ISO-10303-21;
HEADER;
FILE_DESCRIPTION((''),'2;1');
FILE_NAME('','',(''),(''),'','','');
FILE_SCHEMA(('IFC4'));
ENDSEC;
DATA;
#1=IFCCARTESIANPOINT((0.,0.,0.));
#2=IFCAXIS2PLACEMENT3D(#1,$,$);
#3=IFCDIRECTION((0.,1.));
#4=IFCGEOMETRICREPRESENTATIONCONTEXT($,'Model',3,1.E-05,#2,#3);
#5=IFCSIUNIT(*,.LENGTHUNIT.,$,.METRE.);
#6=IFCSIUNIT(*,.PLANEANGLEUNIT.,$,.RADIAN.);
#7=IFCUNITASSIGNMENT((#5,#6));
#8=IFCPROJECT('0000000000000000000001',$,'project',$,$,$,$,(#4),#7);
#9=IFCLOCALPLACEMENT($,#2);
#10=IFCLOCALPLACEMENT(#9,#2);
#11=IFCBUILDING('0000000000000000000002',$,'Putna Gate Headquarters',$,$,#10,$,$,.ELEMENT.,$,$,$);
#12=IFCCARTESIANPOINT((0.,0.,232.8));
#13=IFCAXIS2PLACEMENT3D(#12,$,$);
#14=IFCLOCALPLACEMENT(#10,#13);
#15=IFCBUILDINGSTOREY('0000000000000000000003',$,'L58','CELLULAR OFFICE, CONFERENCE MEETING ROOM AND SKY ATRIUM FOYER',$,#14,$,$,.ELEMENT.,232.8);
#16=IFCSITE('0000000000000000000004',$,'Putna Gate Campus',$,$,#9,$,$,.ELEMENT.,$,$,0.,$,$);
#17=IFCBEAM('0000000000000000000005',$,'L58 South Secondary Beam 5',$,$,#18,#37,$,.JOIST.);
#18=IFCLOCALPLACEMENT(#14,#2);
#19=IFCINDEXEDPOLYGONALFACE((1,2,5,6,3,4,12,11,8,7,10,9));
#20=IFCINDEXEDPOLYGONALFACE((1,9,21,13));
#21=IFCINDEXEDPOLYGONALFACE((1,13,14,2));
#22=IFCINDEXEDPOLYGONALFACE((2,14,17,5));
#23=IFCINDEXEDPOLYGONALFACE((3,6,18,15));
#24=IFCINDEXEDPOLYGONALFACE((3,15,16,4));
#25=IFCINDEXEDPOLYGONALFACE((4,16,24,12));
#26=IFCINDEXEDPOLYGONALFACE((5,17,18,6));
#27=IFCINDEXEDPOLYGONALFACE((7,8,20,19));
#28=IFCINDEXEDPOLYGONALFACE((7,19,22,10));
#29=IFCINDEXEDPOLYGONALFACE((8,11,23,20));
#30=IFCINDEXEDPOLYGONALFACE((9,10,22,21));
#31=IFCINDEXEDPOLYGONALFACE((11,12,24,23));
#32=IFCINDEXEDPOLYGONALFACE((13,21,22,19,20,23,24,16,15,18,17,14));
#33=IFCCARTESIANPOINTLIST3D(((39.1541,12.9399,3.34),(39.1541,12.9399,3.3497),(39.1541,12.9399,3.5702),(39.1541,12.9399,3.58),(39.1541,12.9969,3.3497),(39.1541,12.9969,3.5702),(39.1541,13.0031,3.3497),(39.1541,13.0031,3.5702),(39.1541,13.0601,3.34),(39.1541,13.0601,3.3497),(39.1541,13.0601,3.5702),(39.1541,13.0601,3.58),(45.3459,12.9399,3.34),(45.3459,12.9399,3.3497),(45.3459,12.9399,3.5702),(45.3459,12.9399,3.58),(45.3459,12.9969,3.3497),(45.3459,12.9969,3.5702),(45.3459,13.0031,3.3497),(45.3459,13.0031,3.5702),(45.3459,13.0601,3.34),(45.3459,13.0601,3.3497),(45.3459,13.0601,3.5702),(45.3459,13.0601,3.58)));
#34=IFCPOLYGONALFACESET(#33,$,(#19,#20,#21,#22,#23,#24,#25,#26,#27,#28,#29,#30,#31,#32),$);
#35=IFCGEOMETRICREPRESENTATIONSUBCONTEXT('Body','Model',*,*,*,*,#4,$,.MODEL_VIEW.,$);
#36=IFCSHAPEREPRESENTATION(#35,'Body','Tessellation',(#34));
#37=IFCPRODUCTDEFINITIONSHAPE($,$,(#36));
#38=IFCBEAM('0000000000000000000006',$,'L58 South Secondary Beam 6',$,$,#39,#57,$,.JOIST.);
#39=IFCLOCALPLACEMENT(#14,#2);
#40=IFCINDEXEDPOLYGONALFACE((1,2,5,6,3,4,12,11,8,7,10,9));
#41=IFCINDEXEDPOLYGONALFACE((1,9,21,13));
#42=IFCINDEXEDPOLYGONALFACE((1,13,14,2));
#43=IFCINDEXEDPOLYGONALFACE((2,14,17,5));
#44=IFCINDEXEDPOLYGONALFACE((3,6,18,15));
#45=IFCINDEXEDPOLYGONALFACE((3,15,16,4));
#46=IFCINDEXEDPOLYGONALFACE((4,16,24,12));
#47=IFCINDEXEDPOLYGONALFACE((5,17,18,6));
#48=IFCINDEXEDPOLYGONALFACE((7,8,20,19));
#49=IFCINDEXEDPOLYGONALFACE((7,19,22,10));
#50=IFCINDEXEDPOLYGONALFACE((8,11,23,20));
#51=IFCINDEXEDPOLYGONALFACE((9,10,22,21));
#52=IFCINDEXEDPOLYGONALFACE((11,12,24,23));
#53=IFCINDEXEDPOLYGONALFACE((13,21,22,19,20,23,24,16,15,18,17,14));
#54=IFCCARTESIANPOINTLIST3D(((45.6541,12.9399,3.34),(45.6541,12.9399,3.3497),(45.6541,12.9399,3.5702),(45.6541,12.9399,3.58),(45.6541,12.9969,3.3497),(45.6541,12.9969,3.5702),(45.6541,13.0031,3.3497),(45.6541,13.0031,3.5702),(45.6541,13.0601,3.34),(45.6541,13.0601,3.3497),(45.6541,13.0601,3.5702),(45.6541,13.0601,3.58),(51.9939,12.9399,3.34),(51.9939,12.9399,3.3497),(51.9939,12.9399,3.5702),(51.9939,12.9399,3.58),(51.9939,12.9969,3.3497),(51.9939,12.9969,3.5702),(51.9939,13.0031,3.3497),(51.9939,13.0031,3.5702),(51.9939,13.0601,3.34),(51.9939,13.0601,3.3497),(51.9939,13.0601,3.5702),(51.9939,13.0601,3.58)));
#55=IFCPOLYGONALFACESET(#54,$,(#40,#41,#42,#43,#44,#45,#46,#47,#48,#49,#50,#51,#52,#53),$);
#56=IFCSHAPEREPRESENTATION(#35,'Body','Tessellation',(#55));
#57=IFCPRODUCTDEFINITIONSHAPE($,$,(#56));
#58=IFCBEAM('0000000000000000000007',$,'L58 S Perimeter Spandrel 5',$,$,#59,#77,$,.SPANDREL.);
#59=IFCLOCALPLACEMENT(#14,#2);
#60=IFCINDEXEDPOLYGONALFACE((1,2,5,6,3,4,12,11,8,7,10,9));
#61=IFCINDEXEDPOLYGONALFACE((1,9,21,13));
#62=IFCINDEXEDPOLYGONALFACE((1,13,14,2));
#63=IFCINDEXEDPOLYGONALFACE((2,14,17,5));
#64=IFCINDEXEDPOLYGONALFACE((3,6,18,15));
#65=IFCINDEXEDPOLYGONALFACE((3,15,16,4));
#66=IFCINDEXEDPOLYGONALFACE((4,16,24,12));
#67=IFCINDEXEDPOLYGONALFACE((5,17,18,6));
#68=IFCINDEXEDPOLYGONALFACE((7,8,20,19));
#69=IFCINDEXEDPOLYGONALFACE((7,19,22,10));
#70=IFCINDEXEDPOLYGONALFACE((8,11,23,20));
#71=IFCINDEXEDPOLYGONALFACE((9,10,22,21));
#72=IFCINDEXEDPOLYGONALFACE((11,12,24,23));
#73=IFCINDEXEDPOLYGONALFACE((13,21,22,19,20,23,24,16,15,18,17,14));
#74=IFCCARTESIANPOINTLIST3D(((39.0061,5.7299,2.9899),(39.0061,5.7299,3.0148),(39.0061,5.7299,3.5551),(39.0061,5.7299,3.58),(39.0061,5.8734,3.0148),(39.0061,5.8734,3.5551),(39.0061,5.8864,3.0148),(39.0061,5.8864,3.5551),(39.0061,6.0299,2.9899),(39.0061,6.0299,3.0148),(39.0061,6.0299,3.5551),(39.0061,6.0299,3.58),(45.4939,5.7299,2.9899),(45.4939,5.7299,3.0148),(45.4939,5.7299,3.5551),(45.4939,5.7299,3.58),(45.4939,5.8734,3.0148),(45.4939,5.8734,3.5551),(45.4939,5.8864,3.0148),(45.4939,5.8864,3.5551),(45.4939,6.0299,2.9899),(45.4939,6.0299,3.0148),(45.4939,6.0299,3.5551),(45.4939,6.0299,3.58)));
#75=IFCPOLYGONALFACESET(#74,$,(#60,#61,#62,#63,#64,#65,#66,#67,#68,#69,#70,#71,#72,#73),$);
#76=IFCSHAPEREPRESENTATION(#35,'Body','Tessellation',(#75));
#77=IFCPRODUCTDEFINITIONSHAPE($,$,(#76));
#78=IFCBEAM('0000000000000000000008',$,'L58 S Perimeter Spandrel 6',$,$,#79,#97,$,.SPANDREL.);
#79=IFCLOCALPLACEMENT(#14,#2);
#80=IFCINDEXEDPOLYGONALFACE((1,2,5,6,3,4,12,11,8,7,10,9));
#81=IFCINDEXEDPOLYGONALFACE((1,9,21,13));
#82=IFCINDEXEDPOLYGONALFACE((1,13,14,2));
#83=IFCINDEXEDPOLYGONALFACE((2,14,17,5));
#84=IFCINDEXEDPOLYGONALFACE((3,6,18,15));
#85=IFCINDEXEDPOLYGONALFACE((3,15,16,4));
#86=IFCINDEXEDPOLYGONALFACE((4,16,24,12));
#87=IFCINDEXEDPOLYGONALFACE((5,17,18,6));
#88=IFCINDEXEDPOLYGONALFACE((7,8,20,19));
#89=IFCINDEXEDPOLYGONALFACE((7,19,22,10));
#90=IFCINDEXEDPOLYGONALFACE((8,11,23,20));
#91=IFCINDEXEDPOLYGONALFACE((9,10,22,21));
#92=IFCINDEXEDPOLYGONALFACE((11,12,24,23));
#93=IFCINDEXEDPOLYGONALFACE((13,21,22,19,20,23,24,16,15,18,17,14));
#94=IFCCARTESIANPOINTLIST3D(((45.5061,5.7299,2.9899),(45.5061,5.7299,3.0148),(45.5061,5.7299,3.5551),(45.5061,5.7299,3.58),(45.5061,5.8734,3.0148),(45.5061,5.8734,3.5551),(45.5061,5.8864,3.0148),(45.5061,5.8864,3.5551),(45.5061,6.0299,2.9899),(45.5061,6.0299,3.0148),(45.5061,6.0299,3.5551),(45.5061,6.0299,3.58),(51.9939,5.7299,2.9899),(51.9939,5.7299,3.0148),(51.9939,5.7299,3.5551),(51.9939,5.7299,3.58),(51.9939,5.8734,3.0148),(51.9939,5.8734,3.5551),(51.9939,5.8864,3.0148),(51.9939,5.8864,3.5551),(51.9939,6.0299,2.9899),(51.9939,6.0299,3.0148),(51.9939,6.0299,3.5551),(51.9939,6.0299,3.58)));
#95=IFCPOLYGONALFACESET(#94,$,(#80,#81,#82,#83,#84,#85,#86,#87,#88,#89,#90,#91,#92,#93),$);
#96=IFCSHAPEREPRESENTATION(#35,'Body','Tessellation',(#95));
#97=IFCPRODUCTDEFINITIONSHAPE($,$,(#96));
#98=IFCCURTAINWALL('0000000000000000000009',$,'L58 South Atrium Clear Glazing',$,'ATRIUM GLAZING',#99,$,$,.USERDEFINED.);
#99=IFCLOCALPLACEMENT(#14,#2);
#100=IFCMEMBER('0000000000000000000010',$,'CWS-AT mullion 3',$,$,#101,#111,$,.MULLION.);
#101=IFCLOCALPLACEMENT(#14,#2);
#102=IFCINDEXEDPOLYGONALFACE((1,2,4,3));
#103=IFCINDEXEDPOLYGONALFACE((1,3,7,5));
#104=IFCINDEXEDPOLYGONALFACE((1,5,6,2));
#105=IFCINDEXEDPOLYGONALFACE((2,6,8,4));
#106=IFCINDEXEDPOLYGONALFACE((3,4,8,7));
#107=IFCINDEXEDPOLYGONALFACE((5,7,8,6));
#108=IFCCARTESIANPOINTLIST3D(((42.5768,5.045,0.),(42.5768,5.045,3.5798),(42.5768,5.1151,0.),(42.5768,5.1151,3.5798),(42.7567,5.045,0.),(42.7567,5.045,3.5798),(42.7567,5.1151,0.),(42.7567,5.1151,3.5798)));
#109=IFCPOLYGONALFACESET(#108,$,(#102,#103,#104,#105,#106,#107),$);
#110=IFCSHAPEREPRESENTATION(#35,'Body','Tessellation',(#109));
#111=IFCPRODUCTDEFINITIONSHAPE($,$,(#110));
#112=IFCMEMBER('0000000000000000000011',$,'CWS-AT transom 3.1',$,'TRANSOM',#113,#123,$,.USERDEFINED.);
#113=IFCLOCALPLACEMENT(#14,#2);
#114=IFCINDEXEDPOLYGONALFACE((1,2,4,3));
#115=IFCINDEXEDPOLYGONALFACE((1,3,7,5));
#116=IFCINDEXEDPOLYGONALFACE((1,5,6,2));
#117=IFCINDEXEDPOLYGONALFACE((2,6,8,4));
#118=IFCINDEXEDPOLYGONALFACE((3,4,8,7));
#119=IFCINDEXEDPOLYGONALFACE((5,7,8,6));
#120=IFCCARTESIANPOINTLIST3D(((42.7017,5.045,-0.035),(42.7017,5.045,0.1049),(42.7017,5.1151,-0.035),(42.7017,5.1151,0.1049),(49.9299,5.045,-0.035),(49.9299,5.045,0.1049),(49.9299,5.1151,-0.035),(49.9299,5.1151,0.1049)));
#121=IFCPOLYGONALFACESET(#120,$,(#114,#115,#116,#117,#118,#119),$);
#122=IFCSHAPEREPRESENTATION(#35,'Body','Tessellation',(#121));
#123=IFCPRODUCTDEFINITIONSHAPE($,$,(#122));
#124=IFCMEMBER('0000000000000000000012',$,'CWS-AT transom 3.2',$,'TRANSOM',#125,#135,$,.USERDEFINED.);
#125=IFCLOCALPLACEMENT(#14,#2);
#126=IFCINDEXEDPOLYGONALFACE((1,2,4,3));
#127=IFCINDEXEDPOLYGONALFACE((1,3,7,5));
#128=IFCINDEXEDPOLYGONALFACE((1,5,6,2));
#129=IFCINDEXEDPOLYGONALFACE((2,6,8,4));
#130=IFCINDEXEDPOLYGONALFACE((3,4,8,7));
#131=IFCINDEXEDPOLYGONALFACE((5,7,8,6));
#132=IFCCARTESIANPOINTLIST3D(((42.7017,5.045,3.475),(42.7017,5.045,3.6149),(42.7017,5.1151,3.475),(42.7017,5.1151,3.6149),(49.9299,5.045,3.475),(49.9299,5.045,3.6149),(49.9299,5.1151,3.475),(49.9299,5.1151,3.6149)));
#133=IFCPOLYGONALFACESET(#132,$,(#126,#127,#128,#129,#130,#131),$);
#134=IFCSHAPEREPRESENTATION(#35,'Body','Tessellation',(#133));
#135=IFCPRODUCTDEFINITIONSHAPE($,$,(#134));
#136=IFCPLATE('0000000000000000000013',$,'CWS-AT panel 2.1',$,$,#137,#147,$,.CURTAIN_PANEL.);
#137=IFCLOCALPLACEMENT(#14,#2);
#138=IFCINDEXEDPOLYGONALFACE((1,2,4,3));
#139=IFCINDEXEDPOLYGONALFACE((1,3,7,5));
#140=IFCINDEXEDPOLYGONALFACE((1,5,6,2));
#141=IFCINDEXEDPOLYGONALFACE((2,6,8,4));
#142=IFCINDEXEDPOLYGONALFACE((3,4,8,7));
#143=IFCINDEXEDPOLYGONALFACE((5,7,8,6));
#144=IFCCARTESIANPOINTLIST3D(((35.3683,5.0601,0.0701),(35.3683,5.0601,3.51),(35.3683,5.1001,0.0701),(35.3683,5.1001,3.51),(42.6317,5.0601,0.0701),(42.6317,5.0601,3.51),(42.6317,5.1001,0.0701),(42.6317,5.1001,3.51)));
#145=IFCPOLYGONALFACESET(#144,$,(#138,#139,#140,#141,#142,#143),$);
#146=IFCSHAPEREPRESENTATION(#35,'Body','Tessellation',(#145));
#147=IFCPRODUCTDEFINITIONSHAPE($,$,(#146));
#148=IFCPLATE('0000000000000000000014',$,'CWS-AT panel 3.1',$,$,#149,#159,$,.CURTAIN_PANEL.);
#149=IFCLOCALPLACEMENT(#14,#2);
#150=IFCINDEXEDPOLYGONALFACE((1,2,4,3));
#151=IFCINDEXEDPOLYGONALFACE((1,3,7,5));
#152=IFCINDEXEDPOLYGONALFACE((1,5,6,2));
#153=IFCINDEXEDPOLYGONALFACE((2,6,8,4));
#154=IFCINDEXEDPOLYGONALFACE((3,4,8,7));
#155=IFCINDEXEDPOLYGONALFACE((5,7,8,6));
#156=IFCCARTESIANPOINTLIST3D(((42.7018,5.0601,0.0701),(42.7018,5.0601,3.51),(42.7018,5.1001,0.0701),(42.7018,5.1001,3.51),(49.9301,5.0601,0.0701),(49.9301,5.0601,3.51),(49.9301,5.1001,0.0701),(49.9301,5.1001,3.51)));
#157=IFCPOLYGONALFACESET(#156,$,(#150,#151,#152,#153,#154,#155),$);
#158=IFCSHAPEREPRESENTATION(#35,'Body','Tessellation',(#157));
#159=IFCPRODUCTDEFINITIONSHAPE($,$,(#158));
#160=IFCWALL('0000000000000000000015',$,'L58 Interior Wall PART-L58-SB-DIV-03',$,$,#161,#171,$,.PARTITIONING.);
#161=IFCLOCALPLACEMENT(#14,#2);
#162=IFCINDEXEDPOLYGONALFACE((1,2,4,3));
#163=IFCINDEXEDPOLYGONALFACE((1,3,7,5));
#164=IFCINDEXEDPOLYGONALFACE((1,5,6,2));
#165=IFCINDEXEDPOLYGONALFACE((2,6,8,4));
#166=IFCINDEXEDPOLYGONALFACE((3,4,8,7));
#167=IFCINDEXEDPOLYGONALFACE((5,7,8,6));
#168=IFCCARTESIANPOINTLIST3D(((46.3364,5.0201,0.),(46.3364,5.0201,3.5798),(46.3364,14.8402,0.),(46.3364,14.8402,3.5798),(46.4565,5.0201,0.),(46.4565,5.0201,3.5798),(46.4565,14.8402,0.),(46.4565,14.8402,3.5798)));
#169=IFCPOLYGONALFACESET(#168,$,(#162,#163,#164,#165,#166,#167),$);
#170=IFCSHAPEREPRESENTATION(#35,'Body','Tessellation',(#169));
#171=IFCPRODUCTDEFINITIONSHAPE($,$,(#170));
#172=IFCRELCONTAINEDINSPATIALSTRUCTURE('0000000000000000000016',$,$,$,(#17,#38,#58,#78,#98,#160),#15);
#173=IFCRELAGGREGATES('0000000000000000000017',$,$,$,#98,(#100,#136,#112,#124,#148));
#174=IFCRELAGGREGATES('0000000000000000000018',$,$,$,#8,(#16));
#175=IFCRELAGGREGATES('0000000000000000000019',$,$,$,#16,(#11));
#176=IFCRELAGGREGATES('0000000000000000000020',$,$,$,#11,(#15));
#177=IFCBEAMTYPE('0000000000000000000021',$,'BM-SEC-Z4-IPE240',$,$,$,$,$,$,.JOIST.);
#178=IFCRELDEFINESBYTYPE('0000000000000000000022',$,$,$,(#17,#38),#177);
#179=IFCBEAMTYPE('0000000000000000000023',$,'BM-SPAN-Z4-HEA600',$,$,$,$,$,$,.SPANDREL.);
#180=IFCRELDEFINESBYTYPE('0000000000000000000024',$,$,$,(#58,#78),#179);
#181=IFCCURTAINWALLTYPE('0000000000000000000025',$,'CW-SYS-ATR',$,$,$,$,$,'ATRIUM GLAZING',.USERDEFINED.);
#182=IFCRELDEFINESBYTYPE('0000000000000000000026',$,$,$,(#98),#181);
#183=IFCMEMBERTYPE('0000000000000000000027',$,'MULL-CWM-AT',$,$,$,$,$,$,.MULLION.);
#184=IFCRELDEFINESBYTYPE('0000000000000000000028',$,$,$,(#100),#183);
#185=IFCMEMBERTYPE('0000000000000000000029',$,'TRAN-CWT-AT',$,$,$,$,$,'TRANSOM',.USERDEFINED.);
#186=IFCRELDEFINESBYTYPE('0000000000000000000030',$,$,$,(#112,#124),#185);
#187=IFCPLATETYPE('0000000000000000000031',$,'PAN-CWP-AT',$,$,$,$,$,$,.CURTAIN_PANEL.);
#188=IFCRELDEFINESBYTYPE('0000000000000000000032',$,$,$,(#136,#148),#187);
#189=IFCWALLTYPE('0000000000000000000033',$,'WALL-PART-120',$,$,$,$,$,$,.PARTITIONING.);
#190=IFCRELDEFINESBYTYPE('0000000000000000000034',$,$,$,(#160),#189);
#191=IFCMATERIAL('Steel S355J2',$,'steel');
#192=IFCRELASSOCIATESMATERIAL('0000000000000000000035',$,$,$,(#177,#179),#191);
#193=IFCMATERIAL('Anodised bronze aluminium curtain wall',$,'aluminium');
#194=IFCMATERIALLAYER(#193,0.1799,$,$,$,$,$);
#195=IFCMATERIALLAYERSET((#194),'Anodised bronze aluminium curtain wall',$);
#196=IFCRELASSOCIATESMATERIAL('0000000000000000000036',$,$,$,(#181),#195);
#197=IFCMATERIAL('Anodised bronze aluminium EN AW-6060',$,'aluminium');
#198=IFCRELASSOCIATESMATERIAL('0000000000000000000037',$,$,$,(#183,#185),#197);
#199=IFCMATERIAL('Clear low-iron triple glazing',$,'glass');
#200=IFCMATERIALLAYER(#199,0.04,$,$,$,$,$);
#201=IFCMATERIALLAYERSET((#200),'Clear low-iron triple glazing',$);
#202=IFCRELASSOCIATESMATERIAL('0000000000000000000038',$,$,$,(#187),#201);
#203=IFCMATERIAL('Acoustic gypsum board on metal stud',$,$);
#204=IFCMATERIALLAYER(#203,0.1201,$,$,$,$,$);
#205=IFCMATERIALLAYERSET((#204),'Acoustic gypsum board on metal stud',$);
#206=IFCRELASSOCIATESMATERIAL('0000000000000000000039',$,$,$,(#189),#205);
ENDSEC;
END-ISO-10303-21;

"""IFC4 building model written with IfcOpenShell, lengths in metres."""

from ifc_helpers import new_model, si_unit, direction, frame, frame_2d, origin, origin_2d, place, context, subcontext, project, spatial, rectangle, i_section, extrude, material, layer, layer_set, material_profile, profile_set, type_object, element, aggregate, save


model = new_model("IFC4")

# Units and contexts
model_context = context("Model", 3, precision=1e-05, world=origin(), true_north=direction((0.0, 1.0)))
body_context = subcontext(model_context, "Body", "Model", "MODEL_VIEW")
ifc_project = project(units=[si_unit("LENGTHUNIT", "METRE"), si_unit("PLANEANGLEUNIT", "RADIAN")], contexts=[model_context])

# Site, building, storey
site_placement = place(None, origin())
site = spatial("IfcSite", under=ifc_project, at=site_placement, Name="Putna Gate Campus", CompositionType="ELEMENT", RefElevation=0.0)
building_placement = place(site_placement, origin())
building = spatial("IfcBuilding", under=site, at=building_placement, Name="Putna Gate Headquarters", CompositionType="ELEMENT")
storey_placement = place(building_placement, frame((0.0, 0.0, 232.8)))
storey = spatial("IfcBuildingStorey", under=building, at=storey_placement, Name="L58", Description="CELLULAR OFFICE, CONFERENCE MEETING ROOM AND SKY ATRIUM FOYER", CompositionType="ELEMENT", Elevation=232.8)

# Beams
ifc_material_1 = material(Name="Steel S355J2", Category="steel")
ifc_material_profile_1 = material_profile(ifc_material_1, i_section(OverallWidth=0.1201, OverallDepth=0.24, WebThickness=0.0061, FlangeThickness=0.0098, at=origin_2d()), Name="Steel S355J2")
ifc_profile_set_1 = profile_set([ifc_material_profile_1], Name="Steel S355J2")
beam_type_1 = type_object("IfcBeamType", Name="BM-SEC-Z4-IPE240", PredefinedType="JOIST", material=ifc_profile_set_1)
beam_1_placement = place(storey_placement, frame((39.1541, 13.0, 3.46), z_axis=(1.0, 0.0, 0.0), x_axis=(0.0, 1.0, 0.0)))
element("IfcBeam", 1, at=beam_1_placement, inside=storey, type_object=beam_type_1, Name="L58 South Secondary Beam 5", PredefinedType="JOIST", context=body_context, shape_type="SweptSolid", body=[
    extrude(i_section(OverallWidth=0.1201, OverallDepth=0.24, WebThickness=0.0061, FlangeThickness=0.0098, at=origin_2d()), origin(), (0.0, 0.0, 1.0), 6.1919),
])
beam_2_placement = place(storey_placement, frame((45.6541, 13.0, 3.46), z_axis=(1.0, 0.0, 0.0), x_axis=(0.0, 1.0, 0.0)))
element("IfcBeam", 2, at=beam_2_placement, inside=storey, type_object=beam_type_1, Name="L58 South Secondary Beam 6", PredefinedType="JOIST", context=body_context, shape_type="SweptSolid", body=[
    extrude(i_section(OverallWidth=0.1201, OverallDepth=0.24, WebThickness=0.0061, FlangeThickness=0.0098, at=origin_2d()), origin(), (0.0, 0.0, 1.0), 6.3398),
])
ifc_material_profile_2 = material_profile(ifc_material_1, i_section(OverallWidth=0.3, OverallDepth=0.5901, WebThickness=0.0129, FlangeThickness=0.0249, at=origin_2d()), Name="Steel S355J2")
ifc_profile_set_2 = profile_set([ifc_material_profile_2], Name="Steel S355J2")
beam_type_2 = type_object("IfcBeamType", Name="BM-SPAN-Z4-HEA600", PredefinedType="SPANDREL", material=ifc_profile_set_2)
for number, where, z_axis, x_axis, name in (
    (3, (39.0061, 5.8799, 3.2849), (1.0, 0.0, 0.0), (0.0, 1.0, 0.0), "L58 S Perimeter Spandrel 5"),
    (4, (45.5061, 5.8799, 3.2849), (1.0, 0.0, 0.0), (0.0, 1.0, 0.0), "L58 S Perimeter Spandrel 6"),
):
    element("IfcBeam", number, at=place(storey_placement, frame(where, z_axis=z_axis, x_axis=x_axis)), inside=storey, type_object=beam_type_2, Name=name, PredefinedType="SPANDREL", context=body_context, shape_type="SweptSolid", body=[
        extrude(i_section(OverallWidth=0.3, OverallDepth=0.5901, WebThickness=0.0129, FlangeThickness=0.0249, at=origin_2d()), origin(), (0.0, 0.0, 1.0), 6.4878),
    ])

# Curtain wall, members, plates
ifc_material_2 = material(Name="Anodised bronze aluminium curtain wall", Category="aluminium")
ifc_layer_1 = layer(ifc_material_2, 0.1799)
ifc_layer_set_1 = layer_set([ifc_layer_1], Name="Anodised bronze aluminium curtain wall")
curtain_wall_type = type_object("IfcCurtainWallType", Name="CW-SYS-ATR", ElementType="ATRIUM GLAZING", PredefinedType="USERDEFINED", material=ifc_layer_set_1)
curtain_wall_placement = place(storey_placement, origin())
curtain_wall = element("IfcCurtainWall", 5, at=curtain_wall_placement, inside=storey, type_object=curtain_wall_type, Name="L58 South Atrium Clear Glazing", ObjectType="ATRIUM GLAZING", PredefinedType="USERDEFINED")
ifc_material_3 = material(Name="Anodised bronze aluminium EN AW-6060", Category="aluminium")
ifc_material_profile_3 = material_profile(ifc_material_3, rectangle(XDim=0.0701, YDim=0.1799, at=origin_2d()), Name="Anodised bronze aluminium EN AW-6060")
ifc_profile_set_3 = profile_set([ifc_material_profile_3], Name="Anodised bronze aluminium EN AW-6060")
member_type_1 = type_object("IfcMemberType", Name="MULL-CWM-AT", PredefinedType="MULLION", material=ifc_profile_set_3)
member_1_placement = place(storey_placement, frame((42.6667, 5.0801, 0.0), z_axis=(0.0, 0.0, 1.0), x_axis=(0.0, 1.0, 0.0)))
member_1 = element("IfcMember", 6, at=member_1_placement, type_object=member_type_1, Name="CWS-AT mullion 3", PredefinedType="MULLION", context=body_context, shape_type="SweptSolid", body=[
    extrude(rectangle(XDim=0.0701, YDim=0.1799, at=origin_2d()), origin(), (0.0, 0.0, 1.0), 3.5798),
])
ifc_material_profile_4 = material_profile(ifc_material_3, rectangle(XDim=0.0701, YDim=0.1399, at=origin_2d()), Name="Anodised bronze aluminium EN AW-6060")
ifc_profile_set_4 = profile_set([ifc_material_profile_4], Name="Anodised bronze aluminium EN AW-6060")
member_type_2 = type_object("IfcMemberType", Name="TRAN-CWT-AT", ElementType="TRANSOM", PredefinedType="USERDEFINED", material=ifc_profile_set_4)
member_2_placement = place(storey_placement, frame((42.7017, 5.0801, 0.0349), z_axis=(1.0, 0.0, 0.0), x_axis=(0.0, 1.0, 0.0)))
member_2 = element("IfcMember", 7, at=member_2_placement, type_object=member_type_2, Name="CWS-AT transom 3.1", ObjectType="TRANSOM", PredefinedType="USERDEFINED", context=body_context, shape_type="SweptSolid", body=[
    extrude(rectangle(XDim=0.0701, YDim=0.1399, at=origin_2d()), origin(), (0.0, 0.0, 1.0), 7.2283),
])
member_3_placement = place(storey_placement, frame((42.7017, 5.0801, 3.5449), z_axis=(1.0, 0.0, 0.0), x_axis=(0.0, 1.0, 0.0)))
member_3 = element("IfcMember", 8, at=member_3_placement, type_object=member_type_2, Name="CWS-AT transom 3.2", ObjectType="TRANSOM", PredefinedType="USERDEFINED", context=body_context, shape_type="SweptSolid", body=[
    extrude(rectangle(XDim=0.0701, YDim=0.1399, at=origin_2d()), origin(), (0.0, 0.0, 1.0), 7.2283),
])
ifc_material_4 = material(Name="Clear low-iron triple glazing", Category="glass")
ifc_layer_2 = layer(ifc_material_4, 0.04)
ifc_layer_set_2 = layer_set([ifc_layer_2], Name="Clear low-iron triple glazing")
plate_type = type_object("IfcPlateType", Name="PAN-CWP-AT", PredefinedType="CURTAIN_PANEL", material=ifc_layer_set_2)
plate_1_placement = place(storey_placement, frame((39.0, 5.0801, 0.0701), z_axis=(0.0, 0.0, 1.0), x_axis=(1.0, 0.0, 0.0)))
plate_1 = element("IfcPlate", 9, at=plate_1_placement, type_object=plate_type, Name="CWS-AT panel 2.1", PredefinedType="CURTAIN_PANEL", context=body_context, shape_type="SweptSolid", body=[
    extrude(rectangle(XDim=7.2634, YDim=0.04, at=origin_2d()), origin(), (0.0, 0.0, 1.0), 3.4399),
])
plate_2_placement = place(storey_placement, frame((46.3159, 5.0801, 0.0701), z_axis=(0.0, 0.0, 1.0), x_axis=(1.0, 0.0, 0.0)))
plate_2 = element("IfcPlate", 10, at=plate_2_placement, type_object=plate_type, Name="CWS-AT panel 3.1", PredefinedType="CURTAIN_PANEL", context=body_context, shape_type="SweptSolid", body=[
    extrude(rectangle(XDim=7.2283, YDim=0.04, at=origin_2d()), origin(), (0.0, 0.0, 1.0), 3.4399),
])
aggregate(curtain_wall, [member_1, plate_1, member_2, member_3, plate_2])

# Wall
ifc_material_5 = material(Name="Acoustic gypsum board on metal stud")
ifc_layer_3 = layer(ifc_material_5, 0.1201)
ifc_layer_set_3 = layer_set([ifc_layer_3], Name="Acoustic gypsum board on metal stud")
wall_type_1 = type_object("IfcWallType", Name="WALL-PART-120", PredefinedType="PARTITIONING", material=ifc_layer_set_3)
wall_1_placement = place(storey_placement, frame((46.3965, 5.02, 0.0), z_axis=(0.0, 0.0, 1.0), x_axis=(0.0, 1.0, 0.0)))
element("IfcWall", 11, at=wall_1_placement, inside=storey, type_object=wall_type_1, Name="L58 Interior Wall PART-L58-SB-DIV-03", PredefinedType="PARTITIONING", context=body_context, shape_type="SweptSolid", body=[
    extrude(rectangle(XDim=9.8201, YDim=0.1201, at=frame_2d((4.9102, 0.0))), origin(), (0.0, 0.0, 1.0), 3.5798),
])

save(model, "model.ifc")
